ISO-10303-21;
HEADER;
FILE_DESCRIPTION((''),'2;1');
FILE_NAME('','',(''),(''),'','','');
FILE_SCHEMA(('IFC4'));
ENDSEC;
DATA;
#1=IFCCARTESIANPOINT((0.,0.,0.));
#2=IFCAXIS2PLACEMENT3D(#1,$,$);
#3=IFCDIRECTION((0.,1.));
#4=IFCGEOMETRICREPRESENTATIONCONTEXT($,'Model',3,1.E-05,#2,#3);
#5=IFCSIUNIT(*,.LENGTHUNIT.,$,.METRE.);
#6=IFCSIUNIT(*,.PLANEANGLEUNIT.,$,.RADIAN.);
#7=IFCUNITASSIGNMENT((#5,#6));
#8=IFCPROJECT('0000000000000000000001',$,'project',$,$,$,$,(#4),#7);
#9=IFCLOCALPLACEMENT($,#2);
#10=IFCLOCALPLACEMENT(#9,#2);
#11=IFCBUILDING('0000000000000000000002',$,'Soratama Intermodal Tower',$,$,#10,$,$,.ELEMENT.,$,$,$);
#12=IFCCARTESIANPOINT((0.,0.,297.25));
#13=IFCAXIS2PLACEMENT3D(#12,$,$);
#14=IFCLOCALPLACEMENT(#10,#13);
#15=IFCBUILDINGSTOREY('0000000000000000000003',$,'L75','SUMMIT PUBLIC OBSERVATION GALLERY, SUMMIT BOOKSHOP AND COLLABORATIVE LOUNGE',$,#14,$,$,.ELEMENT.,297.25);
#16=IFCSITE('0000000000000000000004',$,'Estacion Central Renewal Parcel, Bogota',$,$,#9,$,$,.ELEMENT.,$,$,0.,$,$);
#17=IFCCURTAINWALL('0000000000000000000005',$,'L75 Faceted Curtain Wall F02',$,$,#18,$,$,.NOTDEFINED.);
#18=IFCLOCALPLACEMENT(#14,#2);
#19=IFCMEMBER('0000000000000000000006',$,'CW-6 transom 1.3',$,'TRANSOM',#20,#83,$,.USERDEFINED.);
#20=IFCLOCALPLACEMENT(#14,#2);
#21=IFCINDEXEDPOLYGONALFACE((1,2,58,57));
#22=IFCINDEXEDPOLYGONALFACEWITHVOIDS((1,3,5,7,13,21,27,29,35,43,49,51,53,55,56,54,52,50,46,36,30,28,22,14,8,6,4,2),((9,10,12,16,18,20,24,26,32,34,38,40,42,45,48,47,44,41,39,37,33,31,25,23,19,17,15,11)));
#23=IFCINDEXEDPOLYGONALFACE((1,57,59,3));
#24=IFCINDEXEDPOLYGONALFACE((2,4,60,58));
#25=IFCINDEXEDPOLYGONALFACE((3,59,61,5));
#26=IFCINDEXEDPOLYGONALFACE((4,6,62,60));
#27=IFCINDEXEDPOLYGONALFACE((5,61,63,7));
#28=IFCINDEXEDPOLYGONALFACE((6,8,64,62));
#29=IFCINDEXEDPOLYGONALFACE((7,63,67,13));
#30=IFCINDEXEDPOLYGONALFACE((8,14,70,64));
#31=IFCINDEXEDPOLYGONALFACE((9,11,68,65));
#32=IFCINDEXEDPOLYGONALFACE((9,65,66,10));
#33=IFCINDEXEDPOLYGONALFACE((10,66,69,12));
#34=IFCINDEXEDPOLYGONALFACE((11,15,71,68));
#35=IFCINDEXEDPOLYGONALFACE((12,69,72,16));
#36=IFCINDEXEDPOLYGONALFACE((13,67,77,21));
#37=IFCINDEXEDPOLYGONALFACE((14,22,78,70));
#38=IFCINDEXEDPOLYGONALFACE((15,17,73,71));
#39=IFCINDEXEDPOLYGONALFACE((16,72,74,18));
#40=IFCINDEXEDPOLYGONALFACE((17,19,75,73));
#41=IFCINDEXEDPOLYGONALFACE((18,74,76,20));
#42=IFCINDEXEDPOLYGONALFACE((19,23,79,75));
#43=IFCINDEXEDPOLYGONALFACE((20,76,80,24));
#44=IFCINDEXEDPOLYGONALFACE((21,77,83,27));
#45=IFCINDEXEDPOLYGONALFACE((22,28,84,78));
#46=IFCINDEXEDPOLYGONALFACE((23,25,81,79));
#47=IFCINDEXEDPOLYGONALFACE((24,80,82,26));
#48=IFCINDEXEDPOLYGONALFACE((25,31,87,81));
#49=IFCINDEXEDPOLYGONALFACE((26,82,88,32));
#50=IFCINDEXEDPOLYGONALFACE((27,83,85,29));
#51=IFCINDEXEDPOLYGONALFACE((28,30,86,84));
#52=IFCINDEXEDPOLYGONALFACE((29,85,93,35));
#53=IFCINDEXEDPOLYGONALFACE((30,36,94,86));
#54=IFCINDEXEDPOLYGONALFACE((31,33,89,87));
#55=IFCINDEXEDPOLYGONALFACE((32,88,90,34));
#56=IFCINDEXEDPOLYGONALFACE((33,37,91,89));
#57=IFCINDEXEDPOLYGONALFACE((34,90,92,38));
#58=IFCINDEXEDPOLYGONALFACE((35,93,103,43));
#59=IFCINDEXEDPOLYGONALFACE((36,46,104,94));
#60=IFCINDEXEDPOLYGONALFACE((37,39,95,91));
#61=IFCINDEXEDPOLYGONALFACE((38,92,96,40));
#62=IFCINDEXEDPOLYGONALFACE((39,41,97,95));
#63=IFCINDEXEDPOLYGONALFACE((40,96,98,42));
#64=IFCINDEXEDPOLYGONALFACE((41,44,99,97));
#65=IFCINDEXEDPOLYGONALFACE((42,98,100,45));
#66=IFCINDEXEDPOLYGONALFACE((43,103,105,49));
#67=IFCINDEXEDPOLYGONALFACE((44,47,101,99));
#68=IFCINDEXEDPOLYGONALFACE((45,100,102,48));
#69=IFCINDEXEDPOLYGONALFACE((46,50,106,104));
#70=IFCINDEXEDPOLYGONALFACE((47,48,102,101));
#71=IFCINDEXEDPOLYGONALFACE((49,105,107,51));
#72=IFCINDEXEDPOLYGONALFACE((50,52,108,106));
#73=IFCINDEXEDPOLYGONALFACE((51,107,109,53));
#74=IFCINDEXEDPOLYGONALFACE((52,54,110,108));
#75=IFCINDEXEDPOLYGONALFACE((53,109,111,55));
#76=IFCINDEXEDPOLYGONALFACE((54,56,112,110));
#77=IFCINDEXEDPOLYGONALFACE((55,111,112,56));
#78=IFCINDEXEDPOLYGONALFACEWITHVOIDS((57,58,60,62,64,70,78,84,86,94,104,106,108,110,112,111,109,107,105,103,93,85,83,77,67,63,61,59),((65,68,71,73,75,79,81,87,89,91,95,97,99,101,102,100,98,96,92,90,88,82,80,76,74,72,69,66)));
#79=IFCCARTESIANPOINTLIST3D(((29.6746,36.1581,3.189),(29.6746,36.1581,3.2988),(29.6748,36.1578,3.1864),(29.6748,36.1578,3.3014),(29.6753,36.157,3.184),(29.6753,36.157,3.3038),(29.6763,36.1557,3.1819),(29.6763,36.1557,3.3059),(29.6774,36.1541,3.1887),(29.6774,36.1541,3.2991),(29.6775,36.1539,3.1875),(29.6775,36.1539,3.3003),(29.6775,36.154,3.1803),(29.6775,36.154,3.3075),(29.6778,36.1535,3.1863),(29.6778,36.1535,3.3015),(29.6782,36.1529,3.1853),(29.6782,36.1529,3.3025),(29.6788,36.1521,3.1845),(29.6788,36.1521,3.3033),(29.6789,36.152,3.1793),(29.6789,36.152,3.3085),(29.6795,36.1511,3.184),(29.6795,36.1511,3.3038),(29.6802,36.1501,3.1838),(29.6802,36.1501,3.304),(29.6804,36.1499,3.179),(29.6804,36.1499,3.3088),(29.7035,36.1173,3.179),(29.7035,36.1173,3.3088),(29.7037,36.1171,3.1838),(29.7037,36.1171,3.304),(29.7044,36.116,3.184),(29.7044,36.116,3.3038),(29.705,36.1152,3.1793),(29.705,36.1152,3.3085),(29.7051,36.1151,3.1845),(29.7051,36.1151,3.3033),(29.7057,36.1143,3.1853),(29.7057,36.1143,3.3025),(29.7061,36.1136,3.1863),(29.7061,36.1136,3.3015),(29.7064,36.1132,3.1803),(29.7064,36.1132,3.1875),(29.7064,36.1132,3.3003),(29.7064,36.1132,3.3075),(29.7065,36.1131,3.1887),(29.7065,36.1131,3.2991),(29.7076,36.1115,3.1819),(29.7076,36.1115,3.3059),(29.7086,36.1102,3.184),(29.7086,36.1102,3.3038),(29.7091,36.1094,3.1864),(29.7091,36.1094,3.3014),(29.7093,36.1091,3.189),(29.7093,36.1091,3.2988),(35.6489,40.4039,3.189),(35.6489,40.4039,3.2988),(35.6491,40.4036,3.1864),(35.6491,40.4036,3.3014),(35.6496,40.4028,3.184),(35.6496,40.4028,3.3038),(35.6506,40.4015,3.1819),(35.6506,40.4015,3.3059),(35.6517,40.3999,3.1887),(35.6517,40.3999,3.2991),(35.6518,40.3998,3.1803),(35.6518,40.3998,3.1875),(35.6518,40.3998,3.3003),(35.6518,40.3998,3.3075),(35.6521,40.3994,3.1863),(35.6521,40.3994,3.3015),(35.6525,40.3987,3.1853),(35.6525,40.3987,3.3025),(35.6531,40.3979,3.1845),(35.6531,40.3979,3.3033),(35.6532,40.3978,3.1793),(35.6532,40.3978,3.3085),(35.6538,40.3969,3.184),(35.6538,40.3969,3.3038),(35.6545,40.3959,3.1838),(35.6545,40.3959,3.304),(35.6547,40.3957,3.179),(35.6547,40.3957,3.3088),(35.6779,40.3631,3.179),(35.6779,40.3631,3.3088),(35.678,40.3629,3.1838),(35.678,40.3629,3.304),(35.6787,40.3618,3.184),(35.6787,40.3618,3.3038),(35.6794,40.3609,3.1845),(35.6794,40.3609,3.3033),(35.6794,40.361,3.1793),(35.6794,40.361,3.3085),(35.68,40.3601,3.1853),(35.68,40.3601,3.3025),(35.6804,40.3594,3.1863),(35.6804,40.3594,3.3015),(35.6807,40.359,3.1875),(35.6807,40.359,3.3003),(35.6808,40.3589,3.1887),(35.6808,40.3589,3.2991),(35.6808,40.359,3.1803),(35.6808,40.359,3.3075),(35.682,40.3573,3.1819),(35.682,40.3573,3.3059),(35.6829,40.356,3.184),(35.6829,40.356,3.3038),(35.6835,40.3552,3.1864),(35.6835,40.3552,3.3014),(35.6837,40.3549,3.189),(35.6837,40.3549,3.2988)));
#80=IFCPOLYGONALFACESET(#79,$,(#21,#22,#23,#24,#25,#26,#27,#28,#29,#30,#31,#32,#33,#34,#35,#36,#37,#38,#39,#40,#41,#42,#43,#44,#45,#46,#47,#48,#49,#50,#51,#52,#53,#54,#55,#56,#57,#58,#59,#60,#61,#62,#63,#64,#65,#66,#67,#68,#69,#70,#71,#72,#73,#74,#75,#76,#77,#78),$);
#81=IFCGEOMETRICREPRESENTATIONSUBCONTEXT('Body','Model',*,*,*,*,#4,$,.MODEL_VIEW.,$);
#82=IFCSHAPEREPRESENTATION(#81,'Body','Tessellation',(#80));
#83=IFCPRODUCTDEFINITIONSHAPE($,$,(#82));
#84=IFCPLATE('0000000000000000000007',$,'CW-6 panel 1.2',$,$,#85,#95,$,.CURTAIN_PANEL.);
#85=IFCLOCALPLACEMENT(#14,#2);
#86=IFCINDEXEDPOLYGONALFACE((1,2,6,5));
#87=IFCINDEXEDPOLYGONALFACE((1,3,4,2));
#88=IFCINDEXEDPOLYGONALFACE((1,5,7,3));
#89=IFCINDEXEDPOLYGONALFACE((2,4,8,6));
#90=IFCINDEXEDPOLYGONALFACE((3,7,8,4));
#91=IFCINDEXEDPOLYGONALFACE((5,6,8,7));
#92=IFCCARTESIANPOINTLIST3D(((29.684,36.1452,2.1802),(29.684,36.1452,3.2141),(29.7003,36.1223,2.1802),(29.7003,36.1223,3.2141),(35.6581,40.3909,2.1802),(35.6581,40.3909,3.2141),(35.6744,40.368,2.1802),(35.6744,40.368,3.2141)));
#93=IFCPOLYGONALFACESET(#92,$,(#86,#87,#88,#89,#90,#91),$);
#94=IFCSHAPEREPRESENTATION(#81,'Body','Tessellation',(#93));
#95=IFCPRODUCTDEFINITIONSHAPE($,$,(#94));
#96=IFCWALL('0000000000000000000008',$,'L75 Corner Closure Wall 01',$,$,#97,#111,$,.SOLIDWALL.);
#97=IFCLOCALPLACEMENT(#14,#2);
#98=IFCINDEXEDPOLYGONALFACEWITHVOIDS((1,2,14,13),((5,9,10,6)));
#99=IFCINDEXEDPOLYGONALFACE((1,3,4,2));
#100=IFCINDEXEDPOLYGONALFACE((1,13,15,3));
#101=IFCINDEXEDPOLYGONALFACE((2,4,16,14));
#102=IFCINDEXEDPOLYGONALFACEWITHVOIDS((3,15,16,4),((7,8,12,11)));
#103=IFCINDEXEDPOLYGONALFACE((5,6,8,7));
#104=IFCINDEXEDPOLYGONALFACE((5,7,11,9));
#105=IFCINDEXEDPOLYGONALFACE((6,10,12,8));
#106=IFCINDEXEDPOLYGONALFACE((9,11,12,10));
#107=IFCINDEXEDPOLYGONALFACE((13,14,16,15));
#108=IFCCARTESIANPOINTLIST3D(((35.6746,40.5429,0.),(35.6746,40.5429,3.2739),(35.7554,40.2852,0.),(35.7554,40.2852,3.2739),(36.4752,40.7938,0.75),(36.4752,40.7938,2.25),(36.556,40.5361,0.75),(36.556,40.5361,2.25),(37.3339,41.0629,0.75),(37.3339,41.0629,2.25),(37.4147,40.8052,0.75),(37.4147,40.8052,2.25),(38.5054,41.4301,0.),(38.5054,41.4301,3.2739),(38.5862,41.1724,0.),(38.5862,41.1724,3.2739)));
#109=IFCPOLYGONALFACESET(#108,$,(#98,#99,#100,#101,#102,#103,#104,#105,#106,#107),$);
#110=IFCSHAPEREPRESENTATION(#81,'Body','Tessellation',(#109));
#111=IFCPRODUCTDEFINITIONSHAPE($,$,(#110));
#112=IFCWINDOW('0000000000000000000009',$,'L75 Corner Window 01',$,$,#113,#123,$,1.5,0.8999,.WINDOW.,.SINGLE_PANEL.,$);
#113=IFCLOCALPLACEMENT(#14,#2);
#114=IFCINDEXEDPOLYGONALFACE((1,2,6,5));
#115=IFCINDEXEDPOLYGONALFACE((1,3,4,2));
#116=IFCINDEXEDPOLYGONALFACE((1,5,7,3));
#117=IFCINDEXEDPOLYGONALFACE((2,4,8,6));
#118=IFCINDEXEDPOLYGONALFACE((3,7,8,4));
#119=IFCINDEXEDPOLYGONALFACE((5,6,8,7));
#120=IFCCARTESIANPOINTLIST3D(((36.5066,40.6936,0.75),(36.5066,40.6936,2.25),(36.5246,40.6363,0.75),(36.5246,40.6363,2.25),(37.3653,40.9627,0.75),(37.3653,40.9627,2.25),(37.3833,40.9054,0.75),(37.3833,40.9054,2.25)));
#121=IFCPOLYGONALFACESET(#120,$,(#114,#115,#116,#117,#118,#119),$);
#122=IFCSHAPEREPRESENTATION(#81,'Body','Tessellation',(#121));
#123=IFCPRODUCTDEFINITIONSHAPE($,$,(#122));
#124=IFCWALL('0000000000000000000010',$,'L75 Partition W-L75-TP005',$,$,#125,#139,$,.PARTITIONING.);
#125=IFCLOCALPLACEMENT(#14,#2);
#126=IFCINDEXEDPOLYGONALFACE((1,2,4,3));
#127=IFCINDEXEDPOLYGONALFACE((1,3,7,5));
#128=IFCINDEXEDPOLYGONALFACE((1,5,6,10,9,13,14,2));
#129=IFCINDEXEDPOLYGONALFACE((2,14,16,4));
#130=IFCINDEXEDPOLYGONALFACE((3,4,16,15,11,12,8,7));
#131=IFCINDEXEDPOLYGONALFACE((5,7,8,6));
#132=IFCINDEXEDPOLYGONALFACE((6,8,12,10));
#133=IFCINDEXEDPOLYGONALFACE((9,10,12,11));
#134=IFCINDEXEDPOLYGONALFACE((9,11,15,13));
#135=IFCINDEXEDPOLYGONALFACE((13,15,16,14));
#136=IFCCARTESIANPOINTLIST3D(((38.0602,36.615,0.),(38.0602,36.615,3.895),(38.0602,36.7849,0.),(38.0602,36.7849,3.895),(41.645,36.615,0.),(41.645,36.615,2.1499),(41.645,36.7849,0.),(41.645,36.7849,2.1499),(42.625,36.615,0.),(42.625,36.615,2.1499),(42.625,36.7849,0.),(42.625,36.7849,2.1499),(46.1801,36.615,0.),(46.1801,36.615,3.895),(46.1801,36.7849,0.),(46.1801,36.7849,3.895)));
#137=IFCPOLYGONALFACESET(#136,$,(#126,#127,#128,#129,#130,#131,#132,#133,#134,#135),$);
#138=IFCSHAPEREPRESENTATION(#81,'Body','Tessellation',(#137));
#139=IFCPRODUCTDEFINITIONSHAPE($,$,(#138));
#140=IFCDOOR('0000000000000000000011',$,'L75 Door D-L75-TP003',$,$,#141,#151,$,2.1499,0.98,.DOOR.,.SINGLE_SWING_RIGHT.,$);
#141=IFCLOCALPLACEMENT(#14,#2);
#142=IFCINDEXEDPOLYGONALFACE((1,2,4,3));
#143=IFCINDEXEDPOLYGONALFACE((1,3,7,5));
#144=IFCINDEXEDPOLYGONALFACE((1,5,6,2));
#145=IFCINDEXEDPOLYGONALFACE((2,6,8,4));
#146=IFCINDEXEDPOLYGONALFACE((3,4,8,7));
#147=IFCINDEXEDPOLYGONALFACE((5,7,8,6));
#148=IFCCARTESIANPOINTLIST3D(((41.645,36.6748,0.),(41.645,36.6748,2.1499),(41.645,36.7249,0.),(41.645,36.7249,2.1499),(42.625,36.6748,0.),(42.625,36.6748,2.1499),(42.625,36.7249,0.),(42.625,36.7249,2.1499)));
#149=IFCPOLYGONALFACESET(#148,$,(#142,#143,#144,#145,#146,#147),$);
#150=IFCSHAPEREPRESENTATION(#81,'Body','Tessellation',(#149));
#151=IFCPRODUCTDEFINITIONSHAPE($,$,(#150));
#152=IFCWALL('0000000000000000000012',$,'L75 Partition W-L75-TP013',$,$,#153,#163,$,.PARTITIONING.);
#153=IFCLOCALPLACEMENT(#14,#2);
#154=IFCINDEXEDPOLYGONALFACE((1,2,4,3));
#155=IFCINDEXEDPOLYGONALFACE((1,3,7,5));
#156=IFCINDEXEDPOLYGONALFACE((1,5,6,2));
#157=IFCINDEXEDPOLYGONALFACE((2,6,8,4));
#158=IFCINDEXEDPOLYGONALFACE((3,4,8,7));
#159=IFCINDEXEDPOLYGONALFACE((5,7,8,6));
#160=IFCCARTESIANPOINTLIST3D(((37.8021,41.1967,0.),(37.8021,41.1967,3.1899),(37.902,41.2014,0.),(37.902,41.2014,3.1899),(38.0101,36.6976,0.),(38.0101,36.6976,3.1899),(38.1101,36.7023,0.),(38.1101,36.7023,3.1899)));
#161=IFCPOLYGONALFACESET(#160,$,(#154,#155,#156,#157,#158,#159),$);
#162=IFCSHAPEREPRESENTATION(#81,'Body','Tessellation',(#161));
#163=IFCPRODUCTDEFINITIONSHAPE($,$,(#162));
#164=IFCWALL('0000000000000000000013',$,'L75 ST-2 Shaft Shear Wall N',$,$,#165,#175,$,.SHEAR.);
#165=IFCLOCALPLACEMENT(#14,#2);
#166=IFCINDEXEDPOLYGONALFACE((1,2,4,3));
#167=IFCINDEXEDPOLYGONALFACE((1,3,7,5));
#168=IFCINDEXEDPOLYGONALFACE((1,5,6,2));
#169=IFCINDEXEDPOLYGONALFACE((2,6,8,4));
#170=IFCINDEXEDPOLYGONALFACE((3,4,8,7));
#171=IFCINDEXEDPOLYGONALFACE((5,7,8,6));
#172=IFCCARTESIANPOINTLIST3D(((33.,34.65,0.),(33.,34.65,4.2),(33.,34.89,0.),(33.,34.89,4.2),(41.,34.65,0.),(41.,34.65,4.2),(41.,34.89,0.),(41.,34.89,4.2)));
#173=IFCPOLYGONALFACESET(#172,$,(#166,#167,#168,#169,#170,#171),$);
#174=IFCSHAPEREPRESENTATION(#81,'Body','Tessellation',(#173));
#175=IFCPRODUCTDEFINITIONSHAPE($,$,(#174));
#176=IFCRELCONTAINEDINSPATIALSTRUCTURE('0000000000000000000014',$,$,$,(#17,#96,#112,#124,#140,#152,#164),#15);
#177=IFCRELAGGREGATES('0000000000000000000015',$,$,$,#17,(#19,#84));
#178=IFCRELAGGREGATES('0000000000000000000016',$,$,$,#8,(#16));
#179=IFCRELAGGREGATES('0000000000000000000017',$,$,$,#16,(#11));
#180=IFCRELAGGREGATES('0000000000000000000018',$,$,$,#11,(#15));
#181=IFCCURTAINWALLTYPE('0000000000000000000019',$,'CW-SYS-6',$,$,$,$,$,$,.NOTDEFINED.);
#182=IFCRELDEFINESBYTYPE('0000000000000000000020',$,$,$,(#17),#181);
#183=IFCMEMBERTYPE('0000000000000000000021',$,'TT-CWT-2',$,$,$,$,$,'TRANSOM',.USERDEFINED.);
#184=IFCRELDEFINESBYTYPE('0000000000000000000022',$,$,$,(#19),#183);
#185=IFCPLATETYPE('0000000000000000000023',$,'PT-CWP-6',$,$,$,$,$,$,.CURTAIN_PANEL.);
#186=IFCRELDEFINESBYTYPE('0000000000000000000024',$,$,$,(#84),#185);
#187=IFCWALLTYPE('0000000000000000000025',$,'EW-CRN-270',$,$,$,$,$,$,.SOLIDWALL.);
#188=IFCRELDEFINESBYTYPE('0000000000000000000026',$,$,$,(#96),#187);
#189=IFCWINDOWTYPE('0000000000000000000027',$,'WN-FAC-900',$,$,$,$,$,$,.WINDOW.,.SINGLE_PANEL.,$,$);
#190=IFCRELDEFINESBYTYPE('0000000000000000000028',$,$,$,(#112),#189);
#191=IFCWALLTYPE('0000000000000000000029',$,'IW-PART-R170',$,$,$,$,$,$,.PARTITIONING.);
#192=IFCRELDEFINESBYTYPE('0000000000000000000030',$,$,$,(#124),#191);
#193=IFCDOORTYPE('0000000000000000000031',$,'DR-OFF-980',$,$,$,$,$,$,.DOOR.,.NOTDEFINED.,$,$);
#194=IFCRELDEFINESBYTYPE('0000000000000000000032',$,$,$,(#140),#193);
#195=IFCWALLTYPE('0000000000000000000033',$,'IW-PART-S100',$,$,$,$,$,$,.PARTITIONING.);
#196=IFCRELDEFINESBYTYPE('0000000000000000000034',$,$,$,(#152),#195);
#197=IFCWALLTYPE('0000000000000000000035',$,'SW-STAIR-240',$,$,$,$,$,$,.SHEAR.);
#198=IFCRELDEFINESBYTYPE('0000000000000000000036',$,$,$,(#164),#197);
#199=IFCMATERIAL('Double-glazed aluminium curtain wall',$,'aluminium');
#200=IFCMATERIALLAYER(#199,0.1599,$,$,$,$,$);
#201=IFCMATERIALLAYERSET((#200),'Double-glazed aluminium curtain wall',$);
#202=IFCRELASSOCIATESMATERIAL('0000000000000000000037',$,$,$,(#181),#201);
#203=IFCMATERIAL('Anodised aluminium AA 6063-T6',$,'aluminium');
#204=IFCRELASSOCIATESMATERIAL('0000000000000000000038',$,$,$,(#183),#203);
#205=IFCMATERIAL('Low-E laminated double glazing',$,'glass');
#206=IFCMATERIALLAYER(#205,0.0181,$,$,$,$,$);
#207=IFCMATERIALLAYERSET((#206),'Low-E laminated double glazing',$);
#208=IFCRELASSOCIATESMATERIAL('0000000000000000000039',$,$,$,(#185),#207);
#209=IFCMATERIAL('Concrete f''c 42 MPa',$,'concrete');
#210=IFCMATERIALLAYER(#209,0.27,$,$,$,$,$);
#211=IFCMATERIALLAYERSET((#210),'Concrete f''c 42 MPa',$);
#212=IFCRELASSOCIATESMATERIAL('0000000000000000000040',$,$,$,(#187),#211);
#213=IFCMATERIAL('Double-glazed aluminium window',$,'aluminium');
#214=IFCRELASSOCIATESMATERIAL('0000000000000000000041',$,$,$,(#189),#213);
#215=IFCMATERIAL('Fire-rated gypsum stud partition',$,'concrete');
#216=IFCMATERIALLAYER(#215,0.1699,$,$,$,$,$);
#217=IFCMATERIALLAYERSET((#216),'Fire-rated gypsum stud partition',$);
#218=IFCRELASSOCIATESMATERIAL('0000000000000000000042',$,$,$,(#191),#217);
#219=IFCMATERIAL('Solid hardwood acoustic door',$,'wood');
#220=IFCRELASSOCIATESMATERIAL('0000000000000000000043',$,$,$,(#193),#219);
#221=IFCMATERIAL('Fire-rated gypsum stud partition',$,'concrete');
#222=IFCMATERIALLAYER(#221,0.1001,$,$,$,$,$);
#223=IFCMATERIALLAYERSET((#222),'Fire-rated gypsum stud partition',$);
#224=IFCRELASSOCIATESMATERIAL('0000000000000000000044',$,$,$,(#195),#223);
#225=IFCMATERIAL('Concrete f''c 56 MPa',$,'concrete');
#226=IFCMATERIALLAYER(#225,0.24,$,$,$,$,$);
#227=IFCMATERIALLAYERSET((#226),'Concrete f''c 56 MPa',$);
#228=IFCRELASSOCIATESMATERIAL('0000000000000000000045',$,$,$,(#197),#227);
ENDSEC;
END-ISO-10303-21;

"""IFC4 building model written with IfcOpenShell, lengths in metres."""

from ifc_helpers import new_model, si_unit, direction, frame, frame_2d, origin, origin_2d, place, context, subcontext, project, spatial, rectangle, hollow_rectangle, extrude, material, layer, layer_set, material_profile, profile_set, type_object, element, fill, aggregate, save


model = new_model("IFC4")

# Units and contexts
model_context = context("Model", 3, precision=1e-05, world=origin(), true_north=direction((0.0, 1.0)))
body_context = subcontext(model_context, "Body", "Model", "MODEL_VIEW")
ifc_project = project(units=[si_unit("LENGTHUNIT", "METRE"), si_unit("PLANEANGLEUNIT", "RADIAN")], contexts=[model_context])

# Site, building, storey
site_placement = place(None, origin())
site = spatial("IfcSite", under=ifc_project, at=site_placement, Name="Estacion Central Renewal Parcel, Bogota", CompositionType="ELEMENT", RefElevation=0.0)
building_placement = place(site_placement, origin())
building = spatial("IfcBuilding", under=site, at=building_placement, Name="Soratama Intermodal Tower", CompositionType="ELEMENT")
storey_placement = place(building_placement, frame((0.0, 0.0, 297.25)))
storey = spatial("IfcBuildingStorey", under=building, at=storey_placement, Name="L75", Description="SUMMIT PUBLIC OBSERVATION GALLERY, SUMMIT BOOKSHOP AND COLLABORATIVE LOUNGE", CompositionType="ELEMENT", Elevation=297.25)

# Shared definitions
ifc_material_1 = material(Name="Double-glazed aluminium curtain wall", Category="aluminium")
ifc_layer_1 = layer(ifc_material_1, 0.1599)
ifc_layer_set_1 = layer_set([ifc_layer_1], Name="Double-glazed aluminium curtain wall")
curtain_wall_type = type_object("IfcCurtainWallType", Name="CW-SYS-6", PredefinedType="NOTDEFINED", material=ifc_layer_set_1)

# Curtain wall, member, plate
curtain_wall_1_placement = place(storey_placement, origin())
curtain_wall_1 = element("IfcCurtainWall", 1, at=curtain_wall_1_placement, inside=storey, type_object=curtain_wall_type, Name="L75 Faceted Curtain Wall F02", PredefinedType="NOTDEFINED")
ifc_material_2 = material(Name="Anodised aluminium AA 6063-T6", Category="aluminium")
ifc_material_profile_1 = material_profile(ifc_material_2, hollow_rectangle(XDim=0.0601, YDim=0.1299, WallThickness=0.0049, InnerFilletRadius=0.0049, OuterFilletRadius=0.01, at=origin_2d()), Name="CWT130X60X5")
ifc_profile_set_1 = profile_set([ifc_material_profile_1], Name="Anodised aluminium AA 6063-T6")
member_type_1 = type_object("IfcMemberType", Name="TT-CWT-2", ElementType="TRANSOM", PredefinedType="USERDEFINED", material=ifc_profile_set_1)
member_1_placement = place(storey_placement, frame((35.6663, 40.3794, 3.2439), z_axis=(-0.815122, -0.579289, 0.0), x_axis=(0.579289, -0.815122, 0.0)))
member_1 = element("IfcMember", 2, at=member_1_placement, type_object=member_type_1, Name="CW-6 transom 1.3", ObjectType="TRANSOM", PredefinedType="USERDEFINED", context=body_context, shape_type="SweptSolid", body=[
    extrude(hollow_rectangle(XDim=0.0601, YDim=0.1299, WallThickness=0.0049, InnerFilletRadius=0.0049, OuterFilletRadius=0.01, at=origin_2d()), origin(), (0.0, 0.0, 1.0), 7.3293),
])
ifc_material_3 = material(Name="Low-E laminated double glazing", Category="glass")
ifc_layer_2 = layer(ifc_material_3, 0.0181)
ifc_layer_set_2 = layer_set([ifc_layer_2], Name="Low-E laminated double glazing")
plate_type = type_object("IfcPlateType", Name="PT-CWP-6", PredefinedType="CURTAIN_PANEL", material=ifc_layer_set_2)
plate_placement = place(storey_placement, frame((32.6792, 38.2566, 2.1802), z_axis=(0.0, 0.0, 1.0), x_axis=(-0.815124, -0.579286, 0.0)))
plate = element("IfcPlate", 3, at=plate_placement, type_object=plate_type, Name="CW-6 panel 1.2", PredefinedType="CURTAIN_PANEL", context=body_context, shape_type="SweptSolid", body=[
    extrude(rectangle(XDim=7.3291, YDim=0.0281, at=origin_2d()), origin(), (0.0, 0.0, 1.0), 1.0339),
])
aggregate(curtain_wall_1, [member_1, plate])

# Wall, opening, window
ifc_material_4 = material(Name="Concrete f'c 42 MPa", Category="concrete")
ifc_layer_3 = layer(ifc_material_4, 0.27)
ifc_layer_set_3 = layer_set([ifc_layer_3], Name="Concrete f'c 42 MPa")
wall_type_1 = type_object("IfcWallType", Name="EW-CRN-270", PredefinedType="SOLIDWALL", material=ifc_layer_set_3)
wall_1_placement = place(storey_placement, frame((38.5459, 41.3013, 0.0), z_axis=(0.0, 0.0, 1.0), x_axis=(-0.954232, -0.299067, 0.0)))
wall_1 = element("IfcWall", 4, at=wall_1_placement, inside=storey, type_object=wall_type_1, Name="L75 Corner Closure Wall 01", PredefinedType="SOLIDWALL", context=body_context, shape_type="SweptSolid", body=[
    extrude(rectangle(XDim=2.9666, YDim=0.27, at=frame_2d((1.4834, 0.0))), origin(), (0.0, 0.0, 1.0), 3.2739),
])
opening_1_placement = place(wall_1_placement, frame((1.2278, 0.0, 0.75)))
opening_1 = element("IfcOpeningElement", 5, at=opening_1_placement, cuts=wall_1, PredefinedType="OPENING", context=body_context, shape_type="SweptSolid", body=[
    extrude(rectangle(XDim=0.8999, YDim=1.5, at=frame_2d((0.45, 0.75))), frame((0.0, 0.145, 0.0), z_axis=(0.0, -1.0, 0.0), x_axis=(1.0, 0.0, 0.0)), (0.0, 0.0, 1.0), 0.29),
])
ifc_material_5 = material(Name="Double-glazed aluminium window", Category="aluminium")
window_type = type_object("IfcWindowType", Name="WN-FAC-900", PartitioningType="SINGLE_PANEL", PredefinedType="WINDOW", material=ifc_material_5)
window_placement = place(opening_1_placement, origin())
window = element("IfcWindow", 6, at=window_placement, inside=storey, type_object=window_type, Name="L75 Corner Window 01", OverallHeight=1.5, OverallWidth=0.8999, PartitioningType="SINGLE_PANEL", PredefinedType="WINDOW", context=body_context, shape_type="SweptSolid", body=[
    extrude(rectangle(XDim=0.8999, YDim=1.5, at=frame_2d((0.45, 0.75))), frame((0.0, 0.03, 0.0), z_axis=(0.0, -1.0, 0.0), x_axis=(1.0, 0.0, 0.0)), (0.0, 0.0, 1.0), 0.0601),
])
fill(opening_1, window)

# Wall, opening, door
ifc_material_6 = material(Name="Fire-rated gypsum stud partition", Category="concrete")
ifc_layer_4 = layer(ifc_material_6, 0.1699)
ifc_layer_set_4 = layer_set([ifc_layer_4], Name="Fire-rated gypsum stud partition")
wall_type_2 = type_object("IfcWallType", Name="IW-PART-R170", PredefinedType="PARTITIONING", material=ifc_layer_set_4)
wall_2_placement = place(storey_placement, frame((38.0601, 36.7, 0.0), z_axis=(0.0, 0.0, 1.0), x_axis=(1.0, 0.0, 0.0)))
wall_2 = element("IfcWall", 7, at=wall_2_placement, inside=storey, type_object=wall_type_2, Name="L75 Partition W-L75-TP005", PredefinedType="PARTITIONING", context=body_context, shape_type="SweptSolid", body=[
    extrude(rectangle(XDim=8.1199, YDim=0.1699, at=frame_2d((4.0601, 0.0))), origin(), (0.0, 0.0, 1.0), 3.895),
])
opening_2_placement = place(wall_2_placement, frame((3.585, 0.0, 0.0)))
opening_2 = element("IfcOpeningElement", 8, at=opening_2_placement, cuts=wall_2, PredefinedType="OPENING", context=body_context, shape_type="SweptSolid", body=[
    extrude(rectangle(XDim=0.98, YDim=2.1499, at=frame_2d((0.49, 1.075))), frame((0.0, 0.095, 0.0), z_axis=(0.0, -1.0, 0.0), x_axis=(1.0, 0.0, 0.0)), (0.0, 0.0, 1.0), 0.1899),
])
ifc_material_7 = material(Name="Solid hardwood acoustic door", Category="wood")
door_type = type_object("IfcDoorType", Name="DR-OFF-980", OperationType="NOTDEFINED", PredefinedType="DOOR", material=ifc_material_7)
door_placement = place(opening_2_placement, origin())
door = element("IfcDoor", 9, at=door_placement, inside=storey, type_object=door_type, Name="L75 Door D-L75-TP003", OperationType="SINGLE_SWING_RIGHT", OverallHeight=2.1499, OverallWidth=0.98, PredefinedType="DOOR", context=body_context, shape_type="SweptSolid", body=[
    extrude(rectangle(XDim=0.98, YDim=2.1499, at=frame_2d((0.49, 1.075))), frame((0.0, 0.0249, 0.0), z_axis=(0.0, -1.0, 0.0), x_axis=(1.0, 0.0, 0.0)), (0.0, 0.0, 1.0), 0.05),
])
fill(opening_2, door)

# Walls
ifc_material_8 = material(Name="Fire-rated gypsum stud partition", Category="concrete")
ifc_layer_5 = layer(ifc_material_8, 0.1001)
ifc_layer_set_5 = layer_set([ifc_layer_5], Name="Fire-rated gypsum stud partition")
wall_type_3 = type_object("IfcWallType", Name="IW-PART-S100", PredefinedType="PARTITIONING", material=ifc_layer_set_5)
wall_3_placement = place(storey_placement, frame((38.0601, 36.7, 0.0), z_axis=(0.0, 0.0, 1.0), x_axis=(-0.046185, 0.998933, 0.0)))
element("IfcWall", 10, at=wall_3_placement, inside=storey, type_object=wall_type_3, Name="L75 Partition W-L75-TP013", PredefinedType="PARTITIONING", context=body_context, shape_type="SweptSolid", body=[
    extrude(rectangle(XDim=4.5039, YDim=0.1001, at=frame_2d((2.252, 0.0))), origin(), (0.0, 0.0, 1.0), 3.1899),
])
ifc_material_9 = material(Name="Concrete f'c 56 MPa", Category="concrete")
ifc_layer_6 = layer(ifc_material_9, 0.24)
ifc_layer_set_6 = layer_set([ifc_layer_6], Name="Concrete f'c 56 MPa")
wall_type_4 = type_object("IfcWallType", Name="SW-STAIR-240", PredefinedType="SHEAR", material=ifc_layer_set_6)
wall_4_placement = place(storey_placement, frame((33.0, 34.77, 0.0), z_axis=(0.0, 0.0, 1.0), x_axis=(1.0, 0.0, 0.0)))
element("IfcWall", 11, at=wall_4_placement, inside=storey, type_object=wall_type_4, Name="L75 ST-2 Shaft Shear Wall N", PredefinedType="SHEAR", context=body_context, shape_type="SweptSolid", body=[
    extrude(rectangle(XDim=8.0, YDim=0.24, at=frame_2d((4.0, 0.0))), origin(), (0.0, 0.0, 1.0), 4.2),
])

save(model, "model.ifc")
